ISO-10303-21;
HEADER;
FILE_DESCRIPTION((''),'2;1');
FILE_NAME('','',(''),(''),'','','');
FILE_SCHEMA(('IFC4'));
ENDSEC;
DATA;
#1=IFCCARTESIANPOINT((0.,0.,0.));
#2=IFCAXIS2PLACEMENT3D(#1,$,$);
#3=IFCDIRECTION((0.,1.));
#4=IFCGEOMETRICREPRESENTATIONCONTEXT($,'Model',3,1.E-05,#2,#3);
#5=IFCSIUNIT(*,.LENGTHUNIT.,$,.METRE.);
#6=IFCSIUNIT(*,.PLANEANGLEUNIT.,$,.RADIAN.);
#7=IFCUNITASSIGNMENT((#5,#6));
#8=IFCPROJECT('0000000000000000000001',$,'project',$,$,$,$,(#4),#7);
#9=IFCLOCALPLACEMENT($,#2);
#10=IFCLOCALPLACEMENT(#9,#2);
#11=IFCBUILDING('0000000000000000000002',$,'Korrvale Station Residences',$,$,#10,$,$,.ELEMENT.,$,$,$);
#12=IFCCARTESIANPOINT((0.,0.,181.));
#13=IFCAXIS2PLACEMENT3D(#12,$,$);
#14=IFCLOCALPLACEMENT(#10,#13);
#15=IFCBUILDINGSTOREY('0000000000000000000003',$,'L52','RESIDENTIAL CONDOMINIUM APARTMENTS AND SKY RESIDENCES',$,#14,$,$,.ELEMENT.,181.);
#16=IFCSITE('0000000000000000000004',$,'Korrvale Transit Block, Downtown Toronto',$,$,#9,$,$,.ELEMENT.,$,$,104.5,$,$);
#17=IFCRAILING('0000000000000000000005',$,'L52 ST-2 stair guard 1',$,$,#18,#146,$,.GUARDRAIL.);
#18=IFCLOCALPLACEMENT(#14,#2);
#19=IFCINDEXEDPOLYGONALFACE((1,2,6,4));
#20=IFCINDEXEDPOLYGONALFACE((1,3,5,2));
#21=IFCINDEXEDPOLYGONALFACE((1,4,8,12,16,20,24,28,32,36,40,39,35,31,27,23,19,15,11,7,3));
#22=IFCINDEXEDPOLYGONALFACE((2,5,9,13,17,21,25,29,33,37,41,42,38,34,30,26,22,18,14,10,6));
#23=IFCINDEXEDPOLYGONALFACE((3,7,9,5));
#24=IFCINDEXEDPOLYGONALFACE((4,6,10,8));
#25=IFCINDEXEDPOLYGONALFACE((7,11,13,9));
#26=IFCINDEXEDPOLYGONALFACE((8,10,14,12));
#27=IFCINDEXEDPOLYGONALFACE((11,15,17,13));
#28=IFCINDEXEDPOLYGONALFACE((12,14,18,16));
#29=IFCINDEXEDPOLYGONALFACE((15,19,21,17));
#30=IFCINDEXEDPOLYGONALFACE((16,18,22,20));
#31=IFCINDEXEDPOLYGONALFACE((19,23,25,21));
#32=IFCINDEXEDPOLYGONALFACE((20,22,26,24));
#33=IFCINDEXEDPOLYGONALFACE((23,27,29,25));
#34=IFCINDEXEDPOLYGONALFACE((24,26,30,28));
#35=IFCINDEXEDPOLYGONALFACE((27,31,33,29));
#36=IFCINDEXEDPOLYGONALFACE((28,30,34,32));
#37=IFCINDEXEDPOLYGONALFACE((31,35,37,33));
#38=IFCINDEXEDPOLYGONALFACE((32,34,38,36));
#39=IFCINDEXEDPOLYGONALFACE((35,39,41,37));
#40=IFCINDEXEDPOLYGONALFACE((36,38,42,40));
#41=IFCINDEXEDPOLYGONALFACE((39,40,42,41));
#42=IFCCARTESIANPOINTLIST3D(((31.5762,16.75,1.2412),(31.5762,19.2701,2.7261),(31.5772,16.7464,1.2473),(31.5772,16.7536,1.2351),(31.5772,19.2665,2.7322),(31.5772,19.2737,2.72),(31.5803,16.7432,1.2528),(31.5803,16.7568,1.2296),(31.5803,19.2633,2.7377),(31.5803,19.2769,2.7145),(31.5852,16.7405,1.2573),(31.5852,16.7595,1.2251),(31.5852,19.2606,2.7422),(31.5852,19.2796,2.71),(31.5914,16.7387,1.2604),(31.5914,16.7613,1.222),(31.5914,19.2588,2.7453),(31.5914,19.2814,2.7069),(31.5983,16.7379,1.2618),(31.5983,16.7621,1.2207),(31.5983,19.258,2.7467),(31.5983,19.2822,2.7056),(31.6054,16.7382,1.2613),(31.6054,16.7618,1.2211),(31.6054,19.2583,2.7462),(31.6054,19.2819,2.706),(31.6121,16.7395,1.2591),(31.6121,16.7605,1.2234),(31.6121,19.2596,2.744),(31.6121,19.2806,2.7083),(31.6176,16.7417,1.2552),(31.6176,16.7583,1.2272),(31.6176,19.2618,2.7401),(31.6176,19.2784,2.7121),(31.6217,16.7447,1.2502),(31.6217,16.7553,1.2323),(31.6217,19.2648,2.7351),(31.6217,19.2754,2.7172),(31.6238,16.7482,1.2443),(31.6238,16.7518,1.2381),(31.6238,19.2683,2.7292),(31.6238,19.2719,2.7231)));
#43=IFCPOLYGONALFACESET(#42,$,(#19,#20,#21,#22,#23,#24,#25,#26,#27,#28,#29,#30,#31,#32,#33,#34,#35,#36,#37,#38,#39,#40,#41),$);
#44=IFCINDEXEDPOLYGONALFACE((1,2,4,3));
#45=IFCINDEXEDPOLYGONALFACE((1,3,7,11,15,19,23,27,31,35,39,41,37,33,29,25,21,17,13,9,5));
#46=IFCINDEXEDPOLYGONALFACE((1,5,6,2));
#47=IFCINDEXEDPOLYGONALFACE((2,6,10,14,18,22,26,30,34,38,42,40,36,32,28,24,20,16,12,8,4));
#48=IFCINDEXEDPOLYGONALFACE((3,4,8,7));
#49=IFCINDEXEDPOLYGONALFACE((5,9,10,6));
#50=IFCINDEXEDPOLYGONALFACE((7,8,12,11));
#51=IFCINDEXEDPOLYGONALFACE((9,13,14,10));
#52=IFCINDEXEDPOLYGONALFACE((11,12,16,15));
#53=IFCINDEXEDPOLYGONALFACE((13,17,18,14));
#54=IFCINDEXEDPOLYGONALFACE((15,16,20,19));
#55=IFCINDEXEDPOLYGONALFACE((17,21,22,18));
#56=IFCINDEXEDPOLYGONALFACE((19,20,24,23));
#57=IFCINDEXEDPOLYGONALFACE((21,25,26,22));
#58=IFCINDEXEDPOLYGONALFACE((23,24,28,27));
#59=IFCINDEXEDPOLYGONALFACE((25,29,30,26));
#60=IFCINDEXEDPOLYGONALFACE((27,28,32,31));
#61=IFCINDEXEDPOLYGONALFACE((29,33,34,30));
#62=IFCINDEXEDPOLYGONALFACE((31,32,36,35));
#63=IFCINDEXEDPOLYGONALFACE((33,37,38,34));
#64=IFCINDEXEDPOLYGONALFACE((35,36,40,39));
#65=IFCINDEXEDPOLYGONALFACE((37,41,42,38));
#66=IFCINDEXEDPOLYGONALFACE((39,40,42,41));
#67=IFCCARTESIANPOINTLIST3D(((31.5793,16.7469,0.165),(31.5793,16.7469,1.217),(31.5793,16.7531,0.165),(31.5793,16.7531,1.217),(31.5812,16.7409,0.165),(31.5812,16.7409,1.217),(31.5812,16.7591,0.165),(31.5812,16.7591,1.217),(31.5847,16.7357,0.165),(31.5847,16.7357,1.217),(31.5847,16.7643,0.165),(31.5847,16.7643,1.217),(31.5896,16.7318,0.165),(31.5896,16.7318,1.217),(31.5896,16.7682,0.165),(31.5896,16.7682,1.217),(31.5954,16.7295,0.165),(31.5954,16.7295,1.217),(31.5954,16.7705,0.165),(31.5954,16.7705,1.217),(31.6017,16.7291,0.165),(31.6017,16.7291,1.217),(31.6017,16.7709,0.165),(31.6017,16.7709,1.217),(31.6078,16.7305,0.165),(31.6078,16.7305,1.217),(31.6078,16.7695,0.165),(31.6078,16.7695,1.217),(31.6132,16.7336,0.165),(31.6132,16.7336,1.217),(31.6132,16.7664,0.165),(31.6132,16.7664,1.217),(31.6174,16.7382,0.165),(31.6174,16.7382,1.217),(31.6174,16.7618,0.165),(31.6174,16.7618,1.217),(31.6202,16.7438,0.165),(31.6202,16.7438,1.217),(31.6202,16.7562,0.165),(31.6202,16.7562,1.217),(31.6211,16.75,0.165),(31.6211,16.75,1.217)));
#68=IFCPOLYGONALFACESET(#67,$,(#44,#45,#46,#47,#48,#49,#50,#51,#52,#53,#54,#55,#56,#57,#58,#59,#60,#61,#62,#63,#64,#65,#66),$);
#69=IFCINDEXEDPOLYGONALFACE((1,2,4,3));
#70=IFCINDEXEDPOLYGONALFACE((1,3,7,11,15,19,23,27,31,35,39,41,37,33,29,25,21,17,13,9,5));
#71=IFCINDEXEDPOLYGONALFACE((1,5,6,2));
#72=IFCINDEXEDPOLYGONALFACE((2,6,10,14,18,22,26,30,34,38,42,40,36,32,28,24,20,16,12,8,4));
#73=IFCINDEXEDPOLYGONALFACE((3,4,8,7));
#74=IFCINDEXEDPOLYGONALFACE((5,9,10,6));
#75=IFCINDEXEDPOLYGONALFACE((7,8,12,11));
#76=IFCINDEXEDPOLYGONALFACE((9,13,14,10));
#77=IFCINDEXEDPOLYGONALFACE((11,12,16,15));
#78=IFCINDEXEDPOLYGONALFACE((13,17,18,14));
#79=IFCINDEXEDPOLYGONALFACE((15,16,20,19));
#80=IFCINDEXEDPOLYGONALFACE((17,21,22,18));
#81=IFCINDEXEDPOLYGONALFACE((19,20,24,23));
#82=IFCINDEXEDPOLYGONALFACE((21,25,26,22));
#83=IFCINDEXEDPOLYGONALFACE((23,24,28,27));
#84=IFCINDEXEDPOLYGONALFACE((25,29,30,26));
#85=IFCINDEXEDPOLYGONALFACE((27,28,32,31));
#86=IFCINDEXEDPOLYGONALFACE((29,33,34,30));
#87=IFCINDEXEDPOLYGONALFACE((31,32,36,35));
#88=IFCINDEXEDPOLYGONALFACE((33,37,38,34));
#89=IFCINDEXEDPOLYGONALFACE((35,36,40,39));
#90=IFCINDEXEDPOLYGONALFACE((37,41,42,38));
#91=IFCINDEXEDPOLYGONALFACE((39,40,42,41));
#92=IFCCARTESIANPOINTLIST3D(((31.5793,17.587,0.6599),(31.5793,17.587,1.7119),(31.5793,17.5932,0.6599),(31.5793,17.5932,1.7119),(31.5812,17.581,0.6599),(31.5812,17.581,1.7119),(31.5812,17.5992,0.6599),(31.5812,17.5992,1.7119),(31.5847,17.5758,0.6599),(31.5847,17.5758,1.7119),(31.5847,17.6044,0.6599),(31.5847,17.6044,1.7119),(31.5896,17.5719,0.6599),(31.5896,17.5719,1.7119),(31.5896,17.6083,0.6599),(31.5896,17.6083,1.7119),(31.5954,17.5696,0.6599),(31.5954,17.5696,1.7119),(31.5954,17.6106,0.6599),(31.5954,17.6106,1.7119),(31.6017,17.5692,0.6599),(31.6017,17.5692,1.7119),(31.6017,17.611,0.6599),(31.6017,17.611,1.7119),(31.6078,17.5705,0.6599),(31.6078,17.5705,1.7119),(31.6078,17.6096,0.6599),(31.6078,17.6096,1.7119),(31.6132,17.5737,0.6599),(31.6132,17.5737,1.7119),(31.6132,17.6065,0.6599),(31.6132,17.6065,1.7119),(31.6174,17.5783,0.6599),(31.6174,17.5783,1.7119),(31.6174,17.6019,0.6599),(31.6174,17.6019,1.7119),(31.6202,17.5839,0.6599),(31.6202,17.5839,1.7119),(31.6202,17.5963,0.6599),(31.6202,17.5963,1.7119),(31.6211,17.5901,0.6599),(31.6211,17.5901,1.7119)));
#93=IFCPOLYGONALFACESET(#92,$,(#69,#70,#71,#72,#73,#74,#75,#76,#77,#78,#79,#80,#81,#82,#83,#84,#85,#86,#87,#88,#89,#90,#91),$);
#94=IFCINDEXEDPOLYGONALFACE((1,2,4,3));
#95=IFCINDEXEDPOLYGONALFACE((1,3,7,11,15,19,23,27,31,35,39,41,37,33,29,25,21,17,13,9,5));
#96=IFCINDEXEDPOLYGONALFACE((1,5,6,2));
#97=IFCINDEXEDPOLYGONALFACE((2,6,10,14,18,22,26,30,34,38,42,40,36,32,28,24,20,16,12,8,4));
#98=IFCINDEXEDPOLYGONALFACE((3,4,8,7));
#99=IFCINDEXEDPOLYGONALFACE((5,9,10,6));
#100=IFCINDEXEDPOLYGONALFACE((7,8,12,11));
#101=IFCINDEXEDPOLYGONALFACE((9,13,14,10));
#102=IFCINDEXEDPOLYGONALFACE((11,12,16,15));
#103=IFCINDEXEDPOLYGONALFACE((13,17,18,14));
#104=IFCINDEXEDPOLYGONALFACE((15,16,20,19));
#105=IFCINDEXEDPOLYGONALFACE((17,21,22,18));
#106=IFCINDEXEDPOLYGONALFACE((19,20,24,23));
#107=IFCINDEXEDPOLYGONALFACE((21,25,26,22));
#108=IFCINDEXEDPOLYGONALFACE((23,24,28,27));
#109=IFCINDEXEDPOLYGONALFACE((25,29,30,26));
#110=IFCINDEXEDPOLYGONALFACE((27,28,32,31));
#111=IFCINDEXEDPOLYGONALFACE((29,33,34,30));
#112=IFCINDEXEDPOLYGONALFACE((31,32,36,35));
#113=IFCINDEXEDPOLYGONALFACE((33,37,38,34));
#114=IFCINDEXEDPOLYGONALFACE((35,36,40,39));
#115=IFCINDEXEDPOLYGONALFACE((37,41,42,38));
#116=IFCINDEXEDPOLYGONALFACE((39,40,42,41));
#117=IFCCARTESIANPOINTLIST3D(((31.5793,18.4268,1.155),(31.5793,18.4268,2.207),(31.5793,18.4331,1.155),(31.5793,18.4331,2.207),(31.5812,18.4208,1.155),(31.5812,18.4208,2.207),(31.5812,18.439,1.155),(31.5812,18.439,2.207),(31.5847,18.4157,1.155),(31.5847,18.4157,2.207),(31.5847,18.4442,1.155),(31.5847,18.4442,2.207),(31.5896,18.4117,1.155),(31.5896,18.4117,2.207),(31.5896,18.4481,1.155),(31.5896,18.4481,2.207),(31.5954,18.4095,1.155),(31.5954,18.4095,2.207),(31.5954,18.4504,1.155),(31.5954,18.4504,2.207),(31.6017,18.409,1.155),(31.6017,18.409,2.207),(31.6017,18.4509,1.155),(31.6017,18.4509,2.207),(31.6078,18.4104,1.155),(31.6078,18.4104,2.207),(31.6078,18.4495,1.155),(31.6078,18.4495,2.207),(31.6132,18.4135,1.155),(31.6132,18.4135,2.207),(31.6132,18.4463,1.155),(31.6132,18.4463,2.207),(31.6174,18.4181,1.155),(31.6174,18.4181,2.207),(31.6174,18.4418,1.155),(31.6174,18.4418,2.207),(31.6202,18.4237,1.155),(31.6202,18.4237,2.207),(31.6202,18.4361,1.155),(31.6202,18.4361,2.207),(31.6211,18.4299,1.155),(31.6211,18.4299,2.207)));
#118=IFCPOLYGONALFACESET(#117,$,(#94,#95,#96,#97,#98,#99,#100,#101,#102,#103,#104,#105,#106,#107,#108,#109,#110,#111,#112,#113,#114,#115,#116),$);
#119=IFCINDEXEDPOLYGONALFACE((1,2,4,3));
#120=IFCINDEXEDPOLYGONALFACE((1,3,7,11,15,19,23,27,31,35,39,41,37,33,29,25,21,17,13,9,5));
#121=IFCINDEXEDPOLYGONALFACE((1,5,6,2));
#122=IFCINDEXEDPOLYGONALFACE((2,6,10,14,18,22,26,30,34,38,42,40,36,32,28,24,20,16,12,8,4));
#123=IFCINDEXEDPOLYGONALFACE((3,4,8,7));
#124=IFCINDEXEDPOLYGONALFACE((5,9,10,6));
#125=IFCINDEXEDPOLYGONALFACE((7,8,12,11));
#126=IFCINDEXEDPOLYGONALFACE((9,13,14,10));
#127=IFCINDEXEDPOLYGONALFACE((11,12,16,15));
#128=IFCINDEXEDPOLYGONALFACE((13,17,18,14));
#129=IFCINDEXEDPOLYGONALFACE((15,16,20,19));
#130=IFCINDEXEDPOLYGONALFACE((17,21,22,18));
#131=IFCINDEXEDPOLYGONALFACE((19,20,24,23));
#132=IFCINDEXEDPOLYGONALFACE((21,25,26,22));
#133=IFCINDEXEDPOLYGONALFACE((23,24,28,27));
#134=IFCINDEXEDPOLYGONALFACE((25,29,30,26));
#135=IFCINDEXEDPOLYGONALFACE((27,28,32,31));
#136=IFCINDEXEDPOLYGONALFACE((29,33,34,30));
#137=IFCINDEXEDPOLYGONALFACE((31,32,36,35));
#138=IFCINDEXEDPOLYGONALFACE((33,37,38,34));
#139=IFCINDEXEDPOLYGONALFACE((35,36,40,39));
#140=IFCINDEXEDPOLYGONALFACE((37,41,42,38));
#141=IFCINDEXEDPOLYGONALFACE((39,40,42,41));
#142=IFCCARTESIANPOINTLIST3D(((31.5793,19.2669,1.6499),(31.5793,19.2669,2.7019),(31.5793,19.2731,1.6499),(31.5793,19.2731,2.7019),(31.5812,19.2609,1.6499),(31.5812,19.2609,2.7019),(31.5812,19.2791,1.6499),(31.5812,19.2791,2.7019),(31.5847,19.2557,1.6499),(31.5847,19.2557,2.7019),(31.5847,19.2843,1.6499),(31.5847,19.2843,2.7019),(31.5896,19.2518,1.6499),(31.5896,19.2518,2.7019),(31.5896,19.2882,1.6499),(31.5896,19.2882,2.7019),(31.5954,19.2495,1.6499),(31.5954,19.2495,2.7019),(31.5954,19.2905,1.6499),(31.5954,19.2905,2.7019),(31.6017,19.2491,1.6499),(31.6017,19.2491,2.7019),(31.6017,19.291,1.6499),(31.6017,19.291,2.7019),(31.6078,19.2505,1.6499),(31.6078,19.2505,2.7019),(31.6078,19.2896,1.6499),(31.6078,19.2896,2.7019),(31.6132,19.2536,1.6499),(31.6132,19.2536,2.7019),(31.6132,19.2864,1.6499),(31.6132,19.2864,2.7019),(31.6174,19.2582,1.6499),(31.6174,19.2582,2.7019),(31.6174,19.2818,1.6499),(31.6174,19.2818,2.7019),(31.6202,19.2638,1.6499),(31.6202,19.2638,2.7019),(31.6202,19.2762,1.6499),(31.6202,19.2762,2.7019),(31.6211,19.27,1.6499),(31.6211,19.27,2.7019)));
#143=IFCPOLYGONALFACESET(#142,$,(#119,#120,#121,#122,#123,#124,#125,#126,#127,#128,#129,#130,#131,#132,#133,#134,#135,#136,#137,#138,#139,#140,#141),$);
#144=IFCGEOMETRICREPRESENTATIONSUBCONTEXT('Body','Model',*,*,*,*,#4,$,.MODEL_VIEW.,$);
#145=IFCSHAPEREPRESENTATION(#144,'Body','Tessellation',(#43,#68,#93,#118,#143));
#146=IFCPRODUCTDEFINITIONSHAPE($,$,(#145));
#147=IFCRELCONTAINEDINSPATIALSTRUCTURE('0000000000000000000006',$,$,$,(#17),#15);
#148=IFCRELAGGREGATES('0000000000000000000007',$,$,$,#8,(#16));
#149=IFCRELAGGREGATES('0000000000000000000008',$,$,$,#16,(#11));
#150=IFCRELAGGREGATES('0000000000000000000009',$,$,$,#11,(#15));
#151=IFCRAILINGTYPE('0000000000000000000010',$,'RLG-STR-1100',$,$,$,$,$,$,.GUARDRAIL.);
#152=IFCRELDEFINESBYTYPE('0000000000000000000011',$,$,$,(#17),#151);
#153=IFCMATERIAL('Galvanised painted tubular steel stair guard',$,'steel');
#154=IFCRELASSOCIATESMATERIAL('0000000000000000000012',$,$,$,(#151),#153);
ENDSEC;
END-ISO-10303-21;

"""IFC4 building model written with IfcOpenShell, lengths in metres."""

from ifc_helpers import new_model, si_unit, direction, frame, origin, origin_2d, place, context, subcontext, project, spatial, circle, extrude, material, type_object, element, save


model = new_model("IFC4")

# Units and contexts
model_context = context("Model", 3, precision=1e-05, world=origin(), true_north=direction((0.0, 1.0)))
body_context = subcontext(model_context, "Body", "Model", "MODEL_VIEW")
ifc_project = project(units=[si_unit("LENGTHUNIT", "METRE"), si_unit("PLANEANGLEUNIT", "RADIAN")], contexts=[model_context])

# Site, building, storey
site_placement = place(None, origin())
site = spatial("IfcSite", under=ifc_project, at=site_placement, Name="Korrvale Transit Block, Downtown Toronto", CompositionType="ELEMENT", RefElevation=104.5)
building_placement = place(site_placement, origin())
building = spatial("IfcBuilding", under=site, at=building_placement, Name="Korrvale Station Residences", CompositionType="ELEMENT")
storey_placement = place(building_placement, frame((0.0, 0.0, 181.0)))
storey = spatial("IfcBuildingStorey", under=building, at=storey_placement, Name="L52", Description="RESIDENTIAL CONDOMINIUM APARTMENTS AND SKY RESIDENCES", CompositionType="ELEMENT", Elevation=181.0)

# Railing
ifc_material_1 = material(Name="Galvanised painted tubular steel stair guard", Category="steel")
railing_type_1 = type_object("IfcRailingType", Name="RLG-STR-1100", PredefinedType="GUARDRAIL", material=ifc_material_1)
railing_1_placement = place(storey_placement, frame((31.6001, 16.75, 0.165)))
element("IfcRailing", 1, at=railing_1_placement, inside=storey, type_object=railing_type_1, Name="L52 ST-2 stair guard 1", PredefinedType="GUARDRAIL", context=body_context, shape_type="SweptSolid", body=[
    extrude(circle(Radius=0.0239, at=origin_2d()), frame((0.0, 0.0, 1.0762), z_axis=(0.0, 0.861561, 0.507655), x_axis=(-1.0, 0.0, 0.0)), (0.0, 0.0, 1.0), 2.925),
    extrude(circle(Radius=0.021, at=origin_2d()), origin(), (0.0, 0.0, 1.0), 1.052),
    extrude(circle(Radius=0.021, at=origin_2d()), frame((0.0, 0.8401, 0.4949)), (0.0, 0.0, 1.0), 1.052),
    extrude(circle(Radius=0.021, at=origin_2d()), frame((0.0, 1.6799, 0.99)), (0.0, 0.0, 1.0), 1.052),
    extrude(circle(Radius=0.021, at=origin_2d()), frame((0.0, 2.52, 1.4849)), (0.0, 0.0, 1.0), 1.052),
])

save(model, "model.ifc")
